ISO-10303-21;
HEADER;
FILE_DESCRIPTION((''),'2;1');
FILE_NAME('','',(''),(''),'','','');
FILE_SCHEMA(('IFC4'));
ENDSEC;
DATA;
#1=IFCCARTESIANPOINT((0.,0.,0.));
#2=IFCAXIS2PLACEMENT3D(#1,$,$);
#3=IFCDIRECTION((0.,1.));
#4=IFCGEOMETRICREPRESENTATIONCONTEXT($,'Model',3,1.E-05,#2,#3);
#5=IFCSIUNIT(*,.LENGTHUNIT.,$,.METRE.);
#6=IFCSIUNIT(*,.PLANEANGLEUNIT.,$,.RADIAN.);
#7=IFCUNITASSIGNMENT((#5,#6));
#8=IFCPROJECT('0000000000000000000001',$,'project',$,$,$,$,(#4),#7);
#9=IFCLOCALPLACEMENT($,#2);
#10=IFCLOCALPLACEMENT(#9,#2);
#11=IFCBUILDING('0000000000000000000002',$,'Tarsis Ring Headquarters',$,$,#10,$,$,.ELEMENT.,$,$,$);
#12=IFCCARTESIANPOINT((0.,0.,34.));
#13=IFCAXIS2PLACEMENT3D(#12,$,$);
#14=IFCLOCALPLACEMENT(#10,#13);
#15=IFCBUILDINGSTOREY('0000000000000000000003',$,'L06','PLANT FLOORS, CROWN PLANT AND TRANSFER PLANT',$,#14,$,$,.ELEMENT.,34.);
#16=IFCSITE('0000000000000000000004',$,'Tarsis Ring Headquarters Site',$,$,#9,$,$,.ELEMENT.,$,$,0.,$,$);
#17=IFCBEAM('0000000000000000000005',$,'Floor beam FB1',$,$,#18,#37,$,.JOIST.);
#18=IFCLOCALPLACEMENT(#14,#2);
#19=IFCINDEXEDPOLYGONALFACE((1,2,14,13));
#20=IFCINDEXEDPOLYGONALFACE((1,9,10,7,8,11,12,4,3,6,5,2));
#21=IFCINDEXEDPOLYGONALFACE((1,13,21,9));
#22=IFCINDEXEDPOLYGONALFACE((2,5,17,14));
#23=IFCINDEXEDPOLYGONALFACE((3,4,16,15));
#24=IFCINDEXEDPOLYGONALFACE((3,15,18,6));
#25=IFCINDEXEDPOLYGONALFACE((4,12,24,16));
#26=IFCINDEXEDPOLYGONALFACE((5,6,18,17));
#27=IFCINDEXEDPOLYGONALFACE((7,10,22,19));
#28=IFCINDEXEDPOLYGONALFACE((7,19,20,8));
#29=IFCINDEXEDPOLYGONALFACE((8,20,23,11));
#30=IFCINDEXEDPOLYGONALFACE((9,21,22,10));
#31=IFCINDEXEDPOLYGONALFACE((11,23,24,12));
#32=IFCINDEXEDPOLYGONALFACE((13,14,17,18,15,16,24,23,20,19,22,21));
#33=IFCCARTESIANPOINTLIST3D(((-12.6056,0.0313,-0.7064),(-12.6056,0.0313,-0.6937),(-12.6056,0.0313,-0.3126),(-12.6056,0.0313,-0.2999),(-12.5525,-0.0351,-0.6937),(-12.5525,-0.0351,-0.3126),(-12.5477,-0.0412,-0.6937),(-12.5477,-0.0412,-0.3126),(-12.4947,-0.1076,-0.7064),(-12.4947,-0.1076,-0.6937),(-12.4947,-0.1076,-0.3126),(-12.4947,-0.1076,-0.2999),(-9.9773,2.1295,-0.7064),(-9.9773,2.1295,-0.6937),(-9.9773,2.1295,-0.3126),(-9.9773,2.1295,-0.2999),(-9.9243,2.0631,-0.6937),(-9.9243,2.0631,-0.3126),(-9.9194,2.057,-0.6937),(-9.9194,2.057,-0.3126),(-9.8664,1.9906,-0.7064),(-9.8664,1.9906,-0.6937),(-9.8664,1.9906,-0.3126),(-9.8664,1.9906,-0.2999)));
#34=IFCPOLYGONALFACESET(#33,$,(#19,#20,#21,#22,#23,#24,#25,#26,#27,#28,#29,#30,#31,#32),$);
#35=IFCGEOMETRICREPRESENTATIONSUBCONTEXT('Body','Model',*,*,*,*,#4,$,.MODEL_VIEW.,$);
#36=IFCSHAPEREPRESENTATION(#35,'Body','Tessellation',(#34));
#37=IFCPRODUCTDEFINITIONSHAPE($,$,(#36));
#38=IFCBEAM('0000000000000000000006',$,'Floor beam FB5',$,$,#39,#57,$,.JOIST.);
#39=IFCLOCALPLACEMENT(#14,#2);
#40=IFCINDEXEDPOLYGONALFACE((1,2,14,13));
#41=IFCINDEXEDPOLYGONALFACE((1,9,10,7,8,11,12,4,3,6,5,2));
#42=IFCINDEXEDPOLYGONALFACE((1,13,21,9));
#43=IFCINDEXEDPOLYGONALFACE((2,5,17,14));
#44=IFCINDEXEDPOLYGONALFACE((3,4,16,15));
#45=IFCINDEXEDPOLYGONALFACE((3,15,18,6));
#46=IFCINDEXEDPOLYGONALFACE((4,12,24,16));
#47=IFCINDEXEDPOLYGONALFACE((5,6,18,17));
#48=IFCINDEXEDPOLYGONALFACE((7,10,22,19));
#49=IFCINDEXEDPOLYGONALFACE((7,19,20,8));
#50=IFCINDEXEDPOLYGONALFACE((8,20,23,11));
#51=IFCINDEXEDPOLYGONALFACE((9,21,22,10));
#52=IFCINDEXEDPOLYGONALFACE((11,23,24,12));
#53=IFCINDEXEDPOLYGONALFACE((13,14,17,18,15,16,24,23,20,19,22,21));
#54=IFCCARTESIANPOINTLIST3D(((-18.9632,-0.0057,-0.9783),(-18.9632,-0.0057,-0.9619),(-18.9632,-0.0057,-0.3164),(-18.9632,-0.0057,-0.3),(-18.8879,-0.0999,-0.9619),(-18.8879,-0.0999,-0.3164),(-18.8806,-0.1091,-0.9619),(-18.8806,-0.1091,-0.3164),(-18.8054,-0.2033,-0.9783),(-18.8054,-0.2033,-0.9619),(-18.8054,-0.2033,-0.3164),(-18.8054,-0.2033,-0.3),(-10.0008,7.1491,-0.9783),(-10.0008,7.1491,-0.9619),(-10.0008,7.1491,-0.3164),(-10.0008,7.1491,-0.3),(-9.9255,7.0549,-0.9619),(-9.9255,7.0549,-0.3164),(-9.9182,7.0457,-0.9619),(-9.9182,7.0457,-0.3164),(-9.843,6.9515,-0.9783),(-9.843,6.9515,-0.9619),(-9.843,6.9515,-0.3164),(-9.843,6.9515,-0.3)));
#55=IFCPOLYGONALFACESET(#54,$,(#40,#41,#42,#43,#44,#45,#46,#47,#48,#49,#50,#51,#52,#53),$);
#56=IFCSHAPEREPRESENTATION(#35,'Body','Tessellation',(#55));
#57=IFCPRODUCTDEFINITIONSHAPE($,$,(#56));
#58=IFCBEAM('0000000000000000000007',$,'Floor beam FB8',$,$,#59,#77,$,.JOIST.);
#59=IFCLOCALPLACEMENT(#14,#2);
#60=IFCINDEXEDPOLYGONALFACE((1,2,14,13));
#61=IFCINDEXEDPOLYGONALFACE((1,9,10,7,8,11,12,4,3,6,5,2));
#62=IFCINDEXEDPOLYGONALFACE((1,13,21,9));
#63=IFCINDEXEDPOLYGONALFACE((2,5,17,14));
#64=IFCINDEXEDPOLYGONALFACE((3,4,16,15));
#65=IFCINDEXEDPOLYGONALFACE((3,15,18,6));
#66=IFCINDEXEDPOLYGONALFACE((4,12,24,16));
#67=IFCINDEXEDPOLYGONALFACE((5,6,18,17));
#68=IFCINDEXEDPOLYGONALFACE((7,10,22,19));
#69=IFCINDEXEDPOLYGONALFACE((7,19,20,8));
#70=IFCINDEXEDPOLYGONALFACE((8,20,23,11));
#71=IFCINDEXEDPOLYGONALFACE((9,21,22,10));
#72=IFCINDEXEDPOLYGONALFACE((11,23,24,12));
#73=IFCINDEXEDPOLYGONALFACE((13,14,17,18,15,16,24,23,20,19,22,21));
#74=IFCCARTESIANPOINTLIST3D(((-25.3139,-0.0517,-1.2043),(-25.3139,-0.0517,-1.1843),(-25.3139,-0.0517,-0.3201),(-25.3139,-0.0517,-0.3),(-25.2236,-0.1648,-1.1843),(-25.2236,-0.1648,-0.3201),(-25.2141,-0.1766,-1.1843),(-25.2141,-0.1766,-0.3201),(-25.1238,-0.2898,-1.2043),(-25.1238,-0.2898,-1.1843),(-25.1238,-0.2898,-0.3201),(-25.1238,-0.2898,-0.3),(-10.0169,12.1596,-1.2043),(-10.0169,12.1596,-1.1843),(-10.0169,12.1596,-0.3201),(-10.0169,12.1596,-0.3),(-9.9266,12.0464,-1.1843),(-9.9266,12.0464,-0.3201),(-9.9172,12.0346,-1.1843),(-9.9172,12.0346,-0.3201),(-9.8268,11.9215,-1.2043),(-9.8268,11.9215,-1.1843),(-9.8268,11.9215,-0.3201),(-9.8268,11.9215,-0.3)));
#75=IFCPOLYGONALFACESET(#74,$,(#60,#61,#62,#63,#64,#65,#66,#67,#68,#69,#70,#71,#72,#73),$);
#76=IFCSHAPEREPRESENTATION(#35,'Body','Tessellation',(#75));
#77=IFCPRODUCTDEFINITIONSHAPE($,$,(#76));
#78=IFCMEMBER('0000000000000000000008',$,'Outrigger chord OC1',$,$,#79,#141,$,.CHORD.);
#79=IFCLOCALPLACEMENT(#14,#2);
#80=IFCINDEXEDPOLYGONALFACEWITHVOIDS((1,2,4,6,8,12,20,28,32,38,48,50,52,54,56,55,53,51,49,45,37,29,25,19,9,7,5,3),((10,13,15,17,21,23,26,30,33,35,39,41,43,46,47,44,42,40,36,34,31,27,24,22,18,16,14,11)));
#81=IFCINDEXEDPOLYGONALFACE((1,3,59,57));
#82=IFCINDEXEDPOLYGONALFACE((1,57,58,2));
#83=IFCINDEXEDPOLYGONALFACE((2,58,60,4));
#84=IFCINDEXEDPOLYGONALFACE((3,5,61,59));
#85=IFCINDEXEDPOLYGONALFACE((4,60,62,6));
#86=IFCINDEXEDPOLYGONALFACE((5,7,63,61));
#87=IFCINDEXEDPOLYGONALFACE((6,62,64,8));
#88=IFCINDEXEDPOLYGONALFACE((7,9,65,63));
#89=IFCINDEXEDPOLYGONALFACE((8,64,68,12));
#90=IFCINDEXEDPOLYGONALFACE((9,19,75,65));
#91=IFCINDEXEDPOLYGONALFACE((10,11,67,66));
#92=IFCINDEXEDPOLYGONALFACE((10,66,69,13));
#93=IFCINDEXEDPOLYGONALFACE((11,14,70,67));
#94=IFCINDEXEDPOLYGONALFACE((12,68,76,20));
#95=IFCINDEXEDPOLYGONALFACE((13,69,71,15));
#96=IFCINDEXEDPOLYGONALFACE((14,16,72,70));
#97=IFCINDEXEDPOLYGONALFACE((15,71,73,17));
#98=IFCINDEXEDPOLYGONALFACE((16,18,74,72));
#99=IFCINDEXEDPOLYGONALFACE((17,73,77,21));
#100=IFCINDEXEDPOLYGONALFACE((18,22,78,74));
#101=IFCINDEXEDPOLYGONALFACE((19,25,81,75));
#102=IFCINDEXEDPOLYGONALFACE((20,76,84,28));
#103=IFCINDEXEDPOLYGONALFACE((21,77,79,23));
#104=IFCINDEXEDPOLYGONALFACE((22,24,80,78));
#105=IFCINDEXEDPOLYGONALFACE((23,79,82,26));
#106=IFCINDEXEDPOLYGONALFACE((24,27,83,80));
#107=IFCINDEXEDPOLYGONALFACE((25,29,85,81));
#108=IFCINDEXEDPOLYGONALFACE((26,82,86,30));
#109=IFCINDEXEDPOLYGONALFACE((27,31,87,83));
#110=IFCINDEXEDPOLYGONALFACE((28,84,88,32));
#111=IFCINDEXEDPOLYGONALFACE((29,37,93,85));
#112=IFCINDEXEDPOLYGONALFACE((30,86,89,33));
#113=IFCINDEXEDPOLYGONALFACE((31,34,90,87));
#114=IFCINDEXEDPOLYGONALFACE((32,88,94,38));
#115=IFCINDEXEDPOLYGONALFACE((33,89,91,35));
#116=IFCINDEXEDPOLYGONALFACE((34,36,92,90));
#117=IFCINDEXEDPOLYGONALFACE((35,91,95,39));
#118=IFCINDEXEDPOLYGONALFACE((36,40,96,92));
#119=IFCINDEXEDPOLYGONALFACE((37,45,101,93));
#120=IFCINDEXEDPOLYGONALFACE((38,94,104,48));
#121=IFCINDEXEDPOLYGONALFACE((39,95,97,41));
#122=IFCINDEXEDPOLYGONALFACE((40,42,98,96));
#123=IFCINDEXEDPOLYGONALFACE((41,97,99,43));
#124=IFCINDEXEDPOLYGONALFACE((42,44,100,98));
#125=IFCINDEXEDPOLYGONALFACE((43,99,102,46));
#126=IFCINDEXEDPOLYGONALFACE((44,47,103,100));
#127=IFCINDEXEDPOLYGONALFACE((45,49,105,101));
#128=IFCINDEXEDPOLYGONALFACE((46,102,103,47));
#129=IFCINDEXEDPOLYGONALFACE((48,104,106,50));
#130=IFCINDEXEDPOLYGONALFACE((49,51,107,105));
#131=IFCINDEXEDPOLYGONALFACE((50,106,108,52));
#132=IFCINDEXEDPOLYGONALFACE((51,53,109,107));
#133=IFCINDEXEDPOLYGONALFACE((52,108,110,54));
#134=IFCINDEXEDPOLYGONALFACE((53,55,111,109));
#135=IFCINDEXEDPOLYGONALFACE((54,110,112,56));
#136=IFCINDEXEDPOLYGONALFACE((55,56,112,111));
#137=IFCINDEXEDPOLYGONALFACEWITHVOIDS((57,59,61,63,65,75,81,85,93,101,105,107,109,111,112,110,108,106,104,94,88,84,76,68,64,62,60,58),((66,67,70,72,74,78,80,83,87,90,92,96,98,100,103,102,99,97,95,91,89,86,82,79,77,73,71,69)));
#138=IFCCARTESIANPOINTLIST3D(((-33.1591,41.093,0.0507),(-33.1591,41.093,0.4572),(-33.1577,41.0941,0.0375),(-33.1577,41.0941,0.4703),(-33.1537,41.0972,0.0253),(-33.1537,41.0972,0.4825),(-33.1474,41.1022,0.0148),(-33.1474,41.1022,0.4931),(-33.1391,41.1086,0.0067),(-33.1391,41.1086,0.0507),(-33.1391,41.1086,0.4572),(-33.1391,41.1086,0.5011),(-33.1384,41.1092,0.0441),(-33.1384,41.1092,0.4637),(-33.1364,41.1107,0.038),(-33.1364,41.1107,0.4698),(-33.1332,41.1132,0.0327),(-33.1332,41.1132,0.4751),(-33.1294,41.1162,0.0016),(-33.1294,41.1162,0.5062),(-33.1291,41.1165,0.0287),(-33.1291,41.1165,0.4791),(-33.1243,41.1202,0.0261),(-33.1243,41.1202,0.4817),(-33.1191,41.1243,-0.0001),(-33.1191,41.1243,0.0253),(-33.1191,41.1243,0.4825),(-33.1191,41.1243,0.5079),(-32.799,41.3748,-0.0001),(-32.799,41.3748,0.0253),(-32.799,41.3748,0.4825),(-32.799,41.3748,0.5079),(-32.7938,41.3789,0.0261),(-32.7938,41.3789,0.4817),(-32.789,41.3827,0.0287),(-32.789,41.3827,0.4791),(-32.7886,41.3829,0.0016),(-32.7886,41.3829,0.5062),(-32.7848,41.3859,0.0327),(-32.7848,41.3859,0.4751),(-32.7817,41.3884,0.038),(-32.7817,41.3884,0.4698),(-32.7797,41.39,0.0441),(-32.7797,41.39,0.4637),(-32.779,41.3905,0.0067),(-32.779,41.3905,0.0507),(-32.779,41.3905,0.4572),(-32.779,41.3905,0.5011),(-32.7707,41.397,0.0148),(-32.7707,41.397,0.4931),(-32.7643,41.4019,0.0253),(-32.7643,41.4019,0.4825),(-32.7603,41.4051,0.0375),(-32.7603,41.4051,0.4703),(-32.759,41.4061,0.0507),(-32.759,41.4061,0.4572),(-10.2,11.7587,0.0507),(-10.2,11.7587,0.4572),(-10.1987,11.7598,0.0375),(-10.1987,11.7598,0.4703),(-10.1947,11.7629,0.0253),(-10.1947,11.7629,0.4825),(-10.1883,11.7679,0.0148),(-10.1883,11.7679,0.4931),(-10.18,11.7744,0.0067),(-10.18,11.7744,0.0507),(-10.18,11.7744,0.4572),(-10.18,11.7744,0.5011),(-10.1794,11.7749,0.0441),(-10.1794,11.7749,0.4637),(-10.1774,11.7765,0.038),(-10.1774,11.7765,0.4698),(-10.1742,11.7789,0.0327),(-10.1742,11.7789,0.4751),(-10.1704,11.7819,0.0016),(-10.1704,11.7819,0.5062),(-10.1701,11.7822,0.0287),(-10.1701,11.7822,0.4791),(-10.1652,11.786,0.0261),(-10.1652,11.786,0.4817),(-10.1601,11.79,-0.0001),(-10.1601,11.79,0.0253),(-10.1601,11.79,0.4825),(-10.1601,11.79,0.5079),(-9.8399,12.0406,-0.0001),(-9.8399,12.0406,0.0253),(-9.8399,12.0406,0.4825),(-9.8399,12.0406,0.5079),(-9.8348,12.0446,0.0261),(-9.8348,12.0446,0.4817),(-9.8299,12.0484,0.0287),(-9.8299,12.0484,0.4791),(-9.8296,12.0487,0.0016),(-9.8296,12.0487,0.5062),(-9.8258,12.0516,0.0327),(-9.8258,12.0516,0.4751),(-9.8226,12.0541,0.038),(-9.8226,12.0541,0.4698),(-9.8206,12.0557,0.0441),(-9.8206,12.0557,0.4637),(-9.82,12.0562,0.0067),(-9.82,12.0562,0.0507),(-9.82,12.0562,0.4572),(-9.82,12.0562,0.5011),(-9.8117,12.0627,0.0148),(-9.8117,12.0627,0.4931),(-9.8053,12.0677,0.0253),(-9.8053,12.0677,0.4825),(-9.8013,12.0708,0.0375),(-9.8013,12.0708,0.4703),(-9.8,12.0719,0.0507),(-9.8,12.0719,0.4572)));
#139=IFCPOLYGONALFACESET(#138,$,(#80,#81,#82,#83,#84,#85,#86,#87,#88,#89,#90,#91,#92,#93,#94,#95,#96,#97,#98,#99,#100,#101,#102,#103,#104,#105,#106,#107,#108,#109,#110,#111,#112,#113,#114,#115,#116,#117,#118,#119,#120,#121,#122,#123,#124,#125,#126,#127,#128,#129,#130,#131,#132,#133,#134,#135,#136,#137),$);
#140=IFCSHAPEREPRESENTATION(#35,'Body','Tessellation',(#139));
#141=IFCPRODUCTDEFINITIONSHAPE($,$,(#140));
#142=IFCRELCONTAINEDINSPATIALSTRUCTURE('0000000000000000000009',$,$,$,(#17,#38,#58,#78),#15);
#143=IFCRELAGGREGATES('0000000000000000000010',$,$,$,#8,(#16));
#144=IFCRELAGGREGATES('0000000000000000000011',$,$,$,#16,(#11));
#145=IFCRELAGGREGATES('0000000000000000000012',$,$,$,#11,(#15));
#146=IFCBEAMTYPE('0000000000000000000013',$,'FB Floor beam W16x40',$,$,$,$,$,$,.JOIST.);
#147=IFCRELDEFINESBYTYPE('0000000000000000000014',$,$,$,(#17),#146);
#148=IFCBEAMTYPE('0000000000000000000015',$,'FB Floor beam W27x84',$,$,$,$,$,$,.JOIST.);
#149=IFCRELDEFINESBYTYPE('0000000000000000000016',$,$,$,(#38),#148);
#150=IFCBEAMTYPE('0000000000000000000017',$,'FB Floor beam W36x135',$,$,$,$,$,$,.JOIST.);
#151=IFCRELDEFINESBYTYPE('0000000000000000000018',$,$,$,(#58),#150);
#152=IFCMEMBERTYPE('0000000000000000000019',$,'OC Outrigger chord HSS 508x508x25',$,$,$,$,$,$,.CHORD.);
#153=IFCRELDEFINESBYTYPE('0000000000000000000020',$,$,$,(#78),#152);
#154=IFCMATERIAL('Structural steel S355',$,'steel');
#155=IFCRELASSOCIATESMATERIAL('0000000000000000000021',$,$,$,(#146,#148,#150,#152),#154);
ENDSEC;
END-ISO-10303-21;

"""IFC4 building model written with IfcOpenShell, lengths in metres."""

from ifc_helpers import new_model, si_unit, direction, frame, origin, origin_2d, place, context, subcontext, project, spatial, hollow_rectangle, i_section, extrude, material, material_profile, profile_set, type_object, element, save


model = new_model("IFC4")

# Units and contexts
model_context = context("Model", 3, precision=1e-05, world=origin(), true_north=direction((0.0, 1.0)))
body_context = subcontext(model_context, "Body", "Model", "MODEL_VIEW")
ifc_project = project(units=[si_unit("LENGTHUNIT", "METRE"), si_unit("PLANEANGLEUNIT", "RADIAN")], contexts=[model_context])

# Site, building, storey
site_placement = place(None, origin())
site = spatial("IfcSite", under=ifc_project, at=site_placement, Name="Tarsis Ring Headquarters Site", CompositionType="ELEMENT", RefElevation=0.0)
building_placement = place(site_placement, origin())
building = spatial("IfcBuilding", under=site, at=building_placement, Name="Tarsis Ring Headquarters", CompositionType="ELEMENT")
storey_placement = place(building_placement, frame((0.0, 0.0, 34.0)))
storey = spatial("IfcBuildingStorey", under=building, at=storey_placement, Name="L06", Description="PLANT FLOORS, CROWN PLANT AND TRANSFER PLANT", CompositionType="ELEMENT", Elevation=34.0)

# Beams
ifc_material_1 = material(Name="Structural steel S355", Category="steel")
ifc_material_profile_1 = material_profile(ifc_material_1, i_section(OverallWidth=0.1777, OverallDepth=0.4065, WebThickness=0.0078, FlangeThickness=0.0127, at=origin_2d()), Name="W16x40")
ifc_profile_set_1 = profile_set([ifc_material_profile_1], Name="Structural steel S355")
beam_type_1 = type_object("IfcBeamType", Name="FB Floor beam W16x40", PredefinedType="JOIST", material=ifc_profile_set_1)
beam_1_placement = place(storey_placement, frame((-9.9219, 2.0601, -0.5032), z_axis=(-0.781506, -0.623898, 0.0), x_axis=(0.623898, -0.781506, 0.0)))
element("IfcBeam", 1, at=beam_1_placement, inside=storey, type_object=beam_type_1, Name="Floor beam FB1", PredefinedType="JOIST", context=body_context, shape_type="SweptSolid", body=[
    extrude(i_section(OverallWidth=0.1777, OverallDepth=0.4065, WebThickness=0.0078, FlangeThickness=0.0127, at=origin_2d()), origin(), (0.0, 0.0, 1.0), 3.363),
])
ifc_material_profile_2 = material_profile(ifc_material_1, i_section(OverallWidth=0.2529, OverallDepth=0.6782, WebThickness=0.0117, FlangeThickness=0.0164, at=origin_2d()), Name="W27x84")
ifc_profile_set_2 = profile_set([ifc_material_profile_2], Name="Structural steel S355")
beam_type_2 = type_object("IfcBeamType", Name="FB Floor beam W27x84", PredefinedType="JOIST", material=ifc_profile_set_2)
beam_2_placement = place(storey_placement, frame((-9.9219, 7.0503, -0.6392), z_axis=(-0.781512, -0.62389, 0.0), x_axis=(0.62389, -0.781512, 0.0)))
element("IfcBeam", 2, at=beam_2_placement, inside=storey, type_object=beam_type_2, Name="Floor beam FB5", PredefinedType="JOIST", context=body_context, shape_type="SweptSolid", body=[
    extrude(i_section(OverallWidth=0.2529, OverallDepth=0.6782, WebThickness=0.0117, FlangeThickness=0.0164, at=origin_2d()), origin(), (0.0, 0.0, 1.0), 11.468),
])
ifc_material_profile_3 = material_profile(ifc_material_1, i_section(OverallWidth=0.3047, OverallDepth=0.9043, WebThickness=0.0151, FlangeThickness=0.02, at=origin_2d()), Name="W36x135")
ifc_profile_set_3 = profile_set([ifc_material_profile_3], Name="Structural steel S355")
beam_type_3 = type_object("IfcBeamType", Name="FB Floor beam W36x135", PredefinedType="JOIST", material=ifc_profile_set_3)
beam_3_placement = place(storey_placement, frame((-9.9219, 12.0405, -0.7522), z_axis=(-0.781524, -0.623875, 0.0), x_axis=(0.623875, -0.781524, 0.0)))
element("IfcBeam", 3, at=beam_3_placement, inside=storey, type_object=beam_type_3, Name="Floor beam FB8", PredefinedType="JOIST", context=body_context, shape_type="SweptSolid", body=[
    extrude(i_section(OverallWidth=0.3047, OverallDepth=0.9043, WebThickness=0.0151, FlangeThickness=0.02, at=origin_2d()), origin(), (0.0, 0.0, 1.0), 19.5732),
])

# Member
ifc_material_profile_4 = material_profile(ifc_material_1, hollow_rectangle(XDim=0.5081, YDim=0.5081, WallThickness=0.0254, InnerFilletRadius=0.0254, OuterFilletRadius=0.0508, at=origin_2d()), Name="HSS 508x508x25")
ifc_profile_set_4 = profile_set([ifc_material_profile_4], Name="Structural steel S355")
member_type_1 = type_object("IfcMemberType", Name="OC Outrigger chord HSS 508x508x25", PredefinedType="CHORD", material=ifc_profile_set_4)
member_1_placement = place(storey_placement, frame((-10.0, 11.9153, 0.2539), z_axis=(-0.616338, 0.787482, 0.0), x_axis=(-0.787482, -0.616338, 0.0)))
element("IfcMember", 4, at=member_1_placement, inside=storey, type_object=member_type_1, Name="Outrigger chord OC1", PredefinedType="CHORD", context=body_context, shape_type="SweptSolid", body=[
    extrude(hollow_rectangle(XDim=0.5081, YDim=0.5081, WallThickness=0.0254, InnerFilletRadius=0.0254, OuterFilletRadius=0.0508, at=origin_2d()), origin(), (0.0, 0.0, 1.0), 37.2507),
])

save(model, "model.ifc")
